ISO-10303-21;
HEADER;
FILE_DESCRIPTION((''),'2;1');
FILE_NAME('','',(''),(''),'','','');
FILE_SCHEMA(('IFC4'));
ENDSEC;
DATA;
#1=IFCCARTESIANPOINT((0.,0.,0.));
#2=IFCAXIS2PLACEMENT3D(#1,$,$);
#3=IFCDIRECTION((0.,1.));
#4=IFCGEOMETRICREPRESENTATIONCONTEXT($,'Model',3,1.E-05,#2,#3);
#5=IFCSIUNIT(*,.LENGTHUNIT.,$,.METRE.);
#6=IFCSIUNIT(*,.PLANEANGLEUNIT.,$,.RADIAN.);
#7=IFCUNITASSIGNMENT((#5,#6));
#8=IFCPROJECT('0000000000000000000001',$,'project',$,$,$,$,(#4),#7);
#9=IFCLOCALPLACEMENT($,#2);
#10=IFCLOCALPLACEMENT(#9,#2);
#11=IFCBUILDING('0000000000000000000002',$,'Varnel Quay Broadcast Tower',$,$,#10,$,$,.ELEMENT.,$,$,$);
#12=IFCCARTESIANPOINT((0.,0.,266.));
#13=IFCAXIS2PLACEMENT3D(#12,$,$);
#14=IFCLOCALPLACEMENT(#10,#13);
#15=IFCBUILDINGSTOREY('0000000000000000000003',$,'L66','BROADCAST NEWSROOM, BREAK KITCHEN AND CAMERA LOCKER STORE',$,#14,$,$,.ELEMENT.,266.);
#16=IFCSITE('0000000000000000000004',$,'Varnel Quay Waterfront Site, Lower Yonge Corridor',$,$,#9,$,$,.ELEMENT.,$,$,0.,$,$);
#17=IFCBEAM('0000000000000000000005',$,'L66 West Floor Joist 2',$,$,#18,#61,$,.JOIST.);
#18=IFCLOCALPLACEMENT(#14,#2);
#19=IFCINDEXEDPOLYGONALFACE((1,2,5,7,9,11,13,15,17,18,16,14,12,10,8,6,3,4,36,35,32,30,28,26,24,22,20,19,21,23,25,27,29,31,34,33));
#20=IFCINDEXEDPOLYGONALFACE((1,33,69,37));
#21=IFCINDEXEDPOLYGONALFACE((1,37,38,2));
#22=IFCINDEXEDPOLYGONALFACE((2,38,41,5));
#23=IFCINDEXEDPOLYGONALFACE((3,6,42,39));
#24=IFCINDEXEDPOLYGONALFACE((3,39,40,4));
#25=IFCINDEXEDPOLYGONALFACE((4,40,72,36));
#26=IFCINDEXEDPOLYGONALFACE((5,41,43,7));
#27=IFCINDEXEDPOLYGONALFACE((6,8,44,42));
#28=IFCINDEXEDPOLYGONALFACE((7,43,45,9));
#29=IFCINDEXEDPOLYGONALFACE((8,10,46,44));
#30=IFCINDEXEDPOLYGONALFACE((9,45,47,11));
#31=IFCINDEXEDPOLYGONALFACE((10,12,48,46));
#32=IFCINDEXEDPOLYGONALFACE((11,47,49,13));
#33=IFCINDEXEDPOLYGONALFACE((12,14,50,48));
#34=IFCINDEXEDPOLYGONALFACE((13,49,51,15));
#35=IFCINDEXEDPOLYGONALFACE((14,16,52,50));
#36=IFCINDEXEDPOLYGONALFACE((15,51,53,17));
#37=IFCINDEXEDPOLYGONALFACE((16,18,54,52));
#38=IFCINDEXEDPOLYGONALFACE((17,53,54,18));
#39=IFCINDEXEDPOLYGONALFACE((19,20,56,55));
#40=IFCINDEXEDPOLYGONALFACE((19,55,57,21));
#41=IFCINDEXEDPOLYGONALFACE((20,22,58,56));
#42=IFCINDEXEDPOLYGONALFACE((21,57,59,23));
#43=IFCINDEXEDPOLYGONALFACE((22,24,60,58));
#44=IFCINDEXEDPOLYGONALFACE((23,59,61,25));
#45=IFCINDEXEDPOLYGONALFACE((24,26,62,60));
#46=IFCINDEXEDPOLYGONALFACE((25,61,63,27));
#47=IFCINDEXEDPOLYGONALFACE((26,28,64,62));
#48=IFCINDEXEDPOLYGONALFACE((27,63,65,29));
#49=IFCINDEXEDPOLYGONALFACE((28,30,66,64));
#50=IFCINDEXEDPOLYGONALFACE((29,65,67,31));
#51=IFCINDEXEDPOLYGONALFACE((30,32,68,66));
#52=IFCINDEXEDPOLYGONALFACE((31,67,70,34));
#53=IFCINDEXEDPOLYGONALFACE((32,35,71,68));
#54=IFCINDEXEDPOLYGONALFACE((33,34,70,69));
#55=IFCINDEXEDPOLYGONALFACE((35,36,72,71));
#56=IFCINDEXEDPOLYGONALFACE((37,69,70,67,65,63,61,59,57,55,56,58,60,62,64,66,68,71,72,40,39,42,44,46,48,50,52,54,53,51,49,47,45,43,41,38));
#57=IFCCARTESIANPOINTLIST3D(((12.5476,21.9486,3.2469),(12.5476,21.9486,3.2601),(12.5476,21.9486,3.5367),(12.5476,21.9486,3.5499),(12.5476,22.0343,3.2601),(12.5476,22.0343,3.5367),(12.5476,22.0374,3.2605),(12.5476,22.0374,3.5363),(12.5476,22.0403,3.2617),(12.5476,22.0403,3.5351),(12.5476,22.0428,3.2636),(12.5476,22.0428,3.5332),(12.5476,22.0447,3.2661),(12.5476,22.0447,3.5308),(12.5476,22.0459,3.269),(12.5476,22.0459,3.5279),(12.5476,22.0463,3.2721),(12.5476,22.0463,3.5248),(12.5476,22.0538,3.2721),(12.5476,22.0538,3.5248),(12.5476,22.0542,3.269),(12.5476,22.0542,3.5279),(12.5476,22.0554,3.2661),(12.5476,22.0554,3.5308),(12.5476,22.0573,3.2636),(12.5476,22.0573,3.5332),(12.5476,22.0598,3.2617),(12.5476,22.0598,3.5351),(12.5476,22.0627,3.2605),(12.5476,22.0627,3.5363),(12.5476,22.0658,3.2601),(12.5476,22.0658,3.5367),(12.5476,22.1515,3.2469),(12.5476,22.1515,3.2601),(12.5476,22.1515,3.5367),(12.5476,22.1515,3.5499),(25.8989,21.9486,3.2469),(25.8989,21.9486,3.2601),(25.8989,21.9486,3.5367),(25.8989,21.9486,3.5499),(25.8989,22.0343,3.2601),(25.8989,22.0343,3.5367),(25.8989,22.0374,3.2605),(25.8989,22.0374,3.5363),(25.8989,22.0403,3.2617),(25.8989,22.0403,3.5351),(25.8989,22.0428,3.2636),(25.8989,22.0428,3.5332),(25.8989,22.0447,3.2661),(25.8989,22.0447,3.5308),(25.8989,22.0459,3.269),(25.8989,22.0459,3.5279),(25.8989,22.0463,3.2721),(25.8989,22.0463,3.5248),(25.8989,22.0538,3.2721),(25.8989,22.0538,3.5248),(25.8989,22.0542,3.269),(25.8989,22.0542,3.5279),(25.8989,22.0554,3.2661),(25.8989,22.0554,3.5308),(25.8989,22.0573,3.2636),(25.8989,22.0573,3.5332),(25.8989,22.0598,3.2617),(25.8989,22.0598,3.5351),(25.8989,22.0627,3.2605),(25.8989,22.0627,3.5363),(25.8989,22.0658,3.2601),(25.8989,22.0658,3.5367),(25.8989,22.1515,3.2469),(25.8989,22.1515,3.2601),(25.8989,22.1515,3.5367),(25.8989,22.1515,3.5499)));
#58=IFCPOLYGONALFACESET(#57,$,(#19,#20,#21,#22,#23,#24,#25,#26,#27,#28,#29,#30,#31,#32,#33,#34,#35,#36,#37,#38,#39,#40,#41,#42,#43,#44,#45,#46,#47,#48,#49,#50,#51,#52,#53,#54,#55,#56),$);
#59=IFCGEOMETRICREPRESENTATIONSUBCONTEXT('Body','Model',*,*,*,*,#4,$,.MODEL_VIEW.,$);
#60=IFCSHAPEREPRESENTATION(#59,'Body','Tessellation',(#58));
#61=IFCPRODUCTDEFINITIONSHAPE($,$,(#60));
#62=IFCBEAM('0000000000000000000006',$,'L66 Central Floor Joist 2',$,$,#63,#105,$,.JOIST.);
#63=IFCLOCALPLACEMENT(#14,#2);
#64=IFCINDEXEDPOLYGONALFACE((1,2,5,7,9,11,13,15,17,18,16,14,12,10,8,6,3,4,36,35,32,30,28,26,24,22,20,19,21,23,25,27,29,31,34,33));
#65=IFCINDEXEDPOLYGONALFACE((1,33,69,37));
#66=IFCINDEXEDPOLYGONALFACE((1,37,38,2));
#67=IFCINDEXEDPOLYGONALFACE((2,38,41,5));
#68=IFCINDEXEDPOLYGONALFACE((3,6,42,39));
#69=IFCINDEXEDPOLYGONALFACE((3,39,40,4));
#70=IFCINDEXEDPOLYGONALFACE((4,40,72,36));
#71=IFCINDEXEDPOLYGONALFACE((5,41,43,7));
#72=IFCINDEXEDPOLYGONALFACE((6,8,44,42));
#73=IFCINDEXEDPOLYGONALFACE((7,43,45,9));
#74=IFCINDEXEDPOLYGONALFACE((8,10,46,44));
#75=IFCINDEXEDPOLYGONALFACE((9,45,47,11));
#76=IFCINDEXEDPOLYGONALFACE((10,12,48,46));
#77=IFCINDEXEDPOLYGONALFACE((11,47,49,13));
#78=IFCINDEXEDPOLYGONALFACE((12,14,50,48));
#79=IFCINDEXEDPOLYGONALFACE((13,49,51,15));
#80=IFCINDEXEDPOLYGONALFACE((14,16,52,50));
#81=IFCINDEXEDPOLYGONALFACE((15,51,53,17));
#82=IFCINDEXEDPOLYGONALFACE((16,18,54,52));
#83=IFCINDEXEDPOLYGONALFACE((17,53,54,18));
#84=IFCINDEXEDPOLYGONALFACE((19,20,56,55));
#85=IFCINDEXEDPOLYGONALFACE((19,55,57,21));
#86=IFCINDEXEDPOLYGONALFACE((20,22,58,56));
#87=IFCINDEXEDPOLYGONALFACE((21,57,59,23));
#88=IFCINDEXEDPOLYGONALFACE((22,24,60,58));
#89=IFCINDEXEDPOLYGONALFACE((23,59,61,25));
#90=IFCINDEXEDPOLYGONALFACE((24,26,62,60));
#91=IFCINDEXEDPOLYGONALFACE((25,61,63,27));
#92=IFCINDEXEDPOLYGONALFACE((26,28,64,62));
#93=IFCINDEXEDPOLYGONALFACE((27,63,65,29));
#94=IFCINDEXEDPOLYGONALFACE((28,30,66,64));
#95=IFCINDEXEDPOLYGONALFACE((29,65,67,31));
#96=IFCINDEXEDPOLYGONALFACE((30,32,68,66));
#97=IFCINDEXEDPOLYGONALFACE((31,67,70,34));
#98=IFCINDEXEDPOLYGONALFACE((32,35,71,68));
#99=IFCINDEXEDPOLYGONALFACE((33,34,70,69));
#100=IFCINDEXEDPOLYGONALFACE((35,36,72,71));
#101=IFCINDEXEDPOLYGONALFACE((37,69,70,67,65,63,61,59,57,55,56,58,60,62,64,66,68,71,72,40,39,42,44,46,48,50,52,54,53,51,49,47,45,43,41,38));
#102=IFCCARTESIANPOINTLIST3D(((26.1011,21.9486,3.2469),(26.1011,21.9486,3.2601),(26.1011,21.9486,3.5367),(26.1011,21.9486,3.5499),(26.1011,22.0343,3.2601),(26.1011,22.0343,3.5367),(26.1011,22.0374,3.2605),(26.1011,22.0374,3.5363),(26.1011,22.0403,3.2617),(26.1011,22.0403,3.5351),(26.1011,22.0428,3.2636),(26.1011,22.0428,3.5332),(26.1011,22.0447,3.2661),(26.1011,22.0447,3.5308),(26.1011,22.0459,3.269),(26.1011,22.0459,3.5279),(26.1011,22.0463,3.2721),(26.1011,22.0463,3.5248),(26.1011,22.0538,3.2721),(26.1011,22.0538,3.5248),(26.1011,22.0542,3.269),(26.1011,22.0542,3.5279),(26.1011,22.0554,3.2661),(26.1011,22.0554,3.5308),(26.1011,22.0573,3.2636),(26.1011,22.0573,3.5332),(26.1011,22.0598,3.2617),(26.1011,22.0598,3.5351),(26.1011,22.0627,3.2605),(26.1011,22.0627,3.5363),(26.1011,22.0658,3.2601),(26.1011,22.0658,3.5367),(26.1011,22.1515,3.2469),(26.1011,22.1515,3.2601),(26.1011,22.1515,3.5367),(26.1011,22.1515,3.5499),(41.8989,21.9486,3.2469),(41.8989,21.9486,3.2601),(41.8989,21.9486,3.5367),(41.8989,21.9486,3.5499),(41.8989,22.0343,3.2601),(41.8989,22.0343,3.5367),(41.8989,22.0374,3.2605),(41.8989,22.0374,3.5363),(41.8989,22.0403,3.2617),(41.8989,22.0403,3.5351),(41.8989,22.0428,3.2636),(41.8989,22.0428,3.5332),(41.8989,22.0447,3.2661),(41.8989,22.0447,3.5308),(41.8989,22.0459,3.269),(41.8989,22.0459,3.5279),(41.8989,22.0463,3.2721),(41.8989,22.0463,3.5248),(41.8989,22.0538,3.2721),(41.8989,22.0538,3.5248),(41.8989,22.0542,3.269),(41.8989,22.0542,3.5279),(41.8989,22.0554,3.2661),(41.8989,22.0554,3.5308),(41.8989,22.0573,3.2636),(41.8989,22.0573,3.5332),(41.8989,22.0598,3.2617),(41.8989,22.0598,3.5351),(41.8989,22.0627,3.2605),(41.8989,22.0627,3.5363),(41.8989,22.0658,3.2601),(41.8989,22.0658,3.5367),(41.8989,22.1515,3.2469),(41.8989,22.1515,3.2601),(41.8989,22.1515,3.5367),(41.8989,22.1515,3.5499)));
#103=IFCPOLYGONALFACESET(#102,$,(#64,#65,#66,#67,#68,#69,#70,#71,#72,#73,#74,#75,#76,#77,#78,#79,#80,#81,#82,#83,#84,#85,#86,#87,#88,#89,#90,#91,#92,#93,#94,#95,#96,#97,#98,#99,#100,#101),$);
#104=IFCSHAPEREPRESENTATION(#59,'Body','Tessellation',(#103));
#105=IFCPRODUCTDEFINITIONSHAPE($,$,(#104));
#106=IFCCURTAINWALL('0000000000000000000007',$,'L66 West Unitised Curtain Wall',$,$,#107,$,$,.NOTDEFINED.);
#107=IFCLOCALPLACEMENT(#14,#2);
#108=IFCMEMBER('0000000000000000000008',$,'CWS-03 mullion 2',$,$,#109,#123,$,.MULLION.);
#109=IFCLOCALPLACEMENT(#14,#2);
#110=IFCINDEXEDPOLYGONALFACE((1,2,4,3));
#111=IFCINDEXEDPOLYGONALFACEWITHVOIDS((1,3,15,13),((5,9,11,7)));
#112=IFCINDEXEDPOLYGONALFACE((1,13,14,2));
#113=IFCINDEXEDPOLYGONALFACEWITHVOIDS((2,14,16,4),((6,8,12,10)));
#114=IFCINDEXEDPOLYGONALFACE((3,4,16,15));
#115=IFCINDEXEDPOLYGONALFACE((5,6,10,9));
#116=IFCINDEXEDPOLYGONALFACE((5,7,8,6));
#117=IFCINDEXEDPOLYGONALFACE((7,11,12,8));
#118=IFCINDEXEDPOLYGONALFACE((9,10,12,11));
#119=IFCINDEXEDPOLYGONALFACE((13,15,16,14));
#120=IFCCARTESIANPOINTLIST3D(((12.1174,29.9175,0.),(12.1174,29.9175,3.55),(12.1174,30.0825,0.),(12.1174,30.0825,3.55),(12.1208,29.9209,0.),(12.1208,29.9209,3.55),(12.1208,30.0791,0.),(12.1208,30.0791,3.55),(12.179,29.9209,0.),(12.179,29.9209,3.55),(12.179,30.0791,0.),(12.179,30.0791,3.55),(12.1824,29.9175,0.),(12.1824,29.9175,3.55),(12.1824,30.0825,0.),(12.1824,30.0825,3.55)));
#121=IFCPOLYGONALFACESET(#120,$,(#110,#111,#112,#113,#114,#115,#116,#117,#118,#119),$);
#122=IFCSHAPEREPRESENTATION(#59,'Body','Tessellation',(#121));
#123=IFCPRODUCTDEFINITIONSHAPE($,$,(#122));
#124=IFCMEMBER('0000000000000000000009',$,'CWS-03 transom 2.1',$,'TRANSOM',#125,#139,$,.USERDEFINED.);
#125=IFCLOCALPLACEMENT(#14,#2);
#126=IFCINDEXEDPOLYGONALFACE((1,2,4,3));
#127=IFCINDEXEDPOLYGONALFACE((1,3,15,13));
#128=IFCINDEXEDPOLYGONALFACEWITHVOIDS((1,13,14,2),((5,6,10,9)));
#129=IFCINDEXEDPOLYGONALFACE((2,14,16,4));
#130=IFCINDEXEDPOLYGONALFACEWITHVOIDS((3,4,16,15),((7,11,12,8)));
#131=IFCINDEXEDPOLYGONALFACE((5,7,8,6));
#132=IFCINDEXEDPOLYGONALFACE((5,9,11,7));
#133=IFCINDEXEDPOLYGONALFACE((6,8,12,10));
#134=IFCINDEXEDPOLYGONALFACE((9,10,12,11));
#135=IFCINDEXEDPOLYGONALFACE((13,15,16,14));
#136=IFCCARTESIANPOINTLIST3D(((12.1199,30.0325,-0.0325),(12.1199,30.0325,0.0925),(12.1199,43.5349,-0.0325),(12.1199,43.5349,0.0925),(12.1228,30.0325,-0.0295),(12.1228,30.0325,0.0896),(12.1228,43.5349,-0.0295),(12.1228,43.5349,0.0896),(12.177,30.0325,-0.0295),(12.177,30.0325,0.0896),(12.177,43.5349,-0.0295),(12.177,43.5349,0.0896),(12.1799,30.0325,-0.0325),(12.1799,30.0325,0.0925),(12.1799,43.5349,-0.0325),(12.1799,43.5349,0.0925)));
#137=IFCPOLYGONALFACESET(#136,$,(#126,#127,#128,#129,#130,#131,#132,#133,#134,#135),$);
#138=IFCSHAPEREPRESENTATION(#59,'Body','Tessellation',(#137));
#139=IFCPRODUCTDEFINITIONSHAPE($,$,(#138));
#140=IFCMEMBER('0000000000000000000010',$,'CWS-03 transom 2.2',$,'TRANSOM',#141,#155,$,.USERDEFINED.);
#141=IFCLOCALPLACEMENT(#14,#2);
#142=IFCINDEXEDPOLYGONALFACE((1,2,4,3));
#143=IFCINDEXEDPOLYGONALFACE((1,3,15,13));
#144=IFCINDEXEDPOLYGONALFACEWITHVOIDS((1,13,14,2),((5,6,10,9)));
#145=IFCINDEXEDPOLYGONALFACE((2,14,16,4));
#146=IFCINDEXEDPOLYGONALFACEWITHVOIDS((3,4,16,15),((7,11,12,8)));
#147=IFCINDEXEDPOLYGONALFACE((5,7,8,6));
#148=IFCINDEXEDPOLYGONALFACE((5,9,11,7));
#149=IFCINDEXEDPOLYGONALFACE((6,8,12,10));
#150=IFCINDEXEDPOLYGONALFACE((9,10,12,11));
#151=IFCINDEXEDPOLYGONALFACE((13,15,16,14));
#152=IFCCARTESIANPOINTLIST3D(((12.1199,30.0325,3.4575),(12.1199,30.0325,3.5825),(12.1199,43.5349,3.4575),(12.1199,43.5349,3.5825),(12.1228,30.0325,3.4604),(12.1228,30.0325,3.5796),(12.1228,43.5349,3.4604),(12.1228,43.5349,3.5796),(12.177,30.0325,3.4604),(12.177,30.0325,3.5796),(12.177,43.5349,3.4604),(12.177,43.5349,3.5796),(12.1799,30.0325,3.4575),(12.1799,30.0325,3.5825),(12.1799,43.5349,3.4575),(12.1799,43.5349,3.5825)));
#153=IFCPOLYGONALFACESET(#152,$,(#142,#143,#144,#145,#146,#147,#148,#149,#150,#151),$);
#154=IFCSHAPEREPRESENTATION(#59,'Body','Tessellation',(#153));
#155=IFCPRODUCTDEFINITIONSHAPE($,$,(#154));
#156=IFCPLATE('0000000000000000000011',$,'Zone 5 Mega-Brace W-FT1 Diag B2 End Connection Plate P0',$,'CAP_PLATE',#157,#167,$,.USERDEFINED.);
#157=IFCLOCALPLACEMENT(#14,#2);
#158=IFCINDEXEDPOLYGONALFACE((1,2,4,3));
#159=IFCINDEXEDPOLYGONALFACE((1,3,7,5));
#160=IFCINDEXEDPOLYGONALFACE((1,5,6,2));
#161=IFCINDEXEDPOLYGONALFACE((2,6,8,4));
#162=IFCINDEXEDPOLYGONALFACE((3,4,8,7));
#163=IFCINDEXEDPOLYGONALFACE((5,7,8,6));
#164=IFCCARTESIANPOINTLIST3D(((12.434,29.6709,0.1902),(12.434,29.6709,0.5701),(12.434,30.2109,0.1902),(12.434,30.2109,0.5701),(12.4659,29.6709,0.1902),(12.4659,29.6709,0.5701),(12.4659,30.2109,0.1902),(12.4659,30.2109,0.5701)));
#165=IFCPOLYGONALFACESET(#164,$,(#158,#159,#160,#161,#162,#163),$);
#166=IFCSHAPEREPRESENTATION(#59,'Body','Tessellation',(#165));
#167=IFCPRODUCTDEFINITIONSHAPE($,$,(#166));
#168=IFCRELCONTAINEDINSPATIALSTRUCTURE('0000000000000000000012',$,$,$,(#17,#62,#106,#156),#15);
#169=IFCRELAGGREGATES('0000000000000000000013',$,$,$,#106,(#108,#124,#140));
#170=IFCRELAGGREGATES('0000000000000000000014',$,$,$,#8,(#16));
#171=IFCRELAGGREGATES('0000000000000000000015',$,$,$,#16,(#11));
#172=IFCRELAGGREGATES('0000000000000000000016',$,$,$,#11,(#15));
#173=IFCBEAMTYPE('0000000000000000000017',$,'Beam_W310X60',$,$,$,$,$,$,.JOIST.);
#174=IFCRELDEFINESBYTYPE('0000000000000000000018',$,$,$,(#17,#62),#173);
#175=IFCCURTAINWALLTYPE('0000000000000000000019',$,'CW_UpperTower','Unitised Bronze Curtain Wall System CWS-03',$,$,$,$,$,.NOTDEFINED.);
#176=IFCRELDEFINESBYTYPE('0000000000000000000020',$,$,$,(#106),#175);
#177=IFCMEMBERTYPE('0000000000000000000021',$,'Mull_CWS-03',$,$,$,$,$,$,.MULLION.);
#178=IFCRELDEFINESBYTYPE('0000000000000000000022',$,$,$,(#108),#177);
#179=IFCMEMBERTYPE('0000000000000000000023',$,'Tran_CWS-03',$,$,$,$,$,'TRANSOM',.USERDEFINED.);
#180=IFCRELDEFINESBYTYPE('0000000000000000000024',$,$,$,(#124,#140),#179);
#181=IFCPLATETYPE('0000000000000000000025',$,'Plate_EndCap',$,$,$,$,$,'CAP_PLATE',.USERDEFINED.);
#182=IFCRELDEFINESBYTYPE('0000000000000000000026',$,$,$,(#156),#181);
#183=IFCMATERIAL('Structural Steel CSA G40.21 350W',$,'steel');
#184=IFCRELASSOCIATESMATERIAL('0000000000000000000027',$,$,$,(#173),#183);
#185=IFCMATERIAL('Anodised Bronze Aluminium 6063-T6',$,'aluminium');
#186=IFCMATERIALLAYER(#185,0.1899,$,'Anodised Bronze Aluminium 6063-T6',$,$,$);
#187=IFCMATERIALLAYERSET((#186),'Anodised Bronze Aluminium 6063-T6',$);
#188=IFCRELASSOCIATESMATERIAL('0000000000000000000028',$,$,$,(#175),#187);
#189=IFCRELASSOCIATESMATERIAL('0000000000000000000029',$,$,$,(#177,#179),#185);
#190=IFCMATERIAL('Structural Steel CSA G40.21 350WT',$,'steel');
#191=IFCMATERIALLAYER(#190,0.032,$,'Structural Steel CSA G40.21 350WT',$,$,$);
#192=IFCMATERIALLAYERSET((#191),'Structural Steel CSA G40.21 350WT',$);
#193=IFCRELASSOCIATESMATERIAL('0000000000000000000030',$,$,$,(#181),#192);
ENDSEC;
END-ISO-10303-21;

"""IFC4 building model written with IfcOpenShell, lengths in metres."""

from ifc_helpers import new_model, si_unit, direction, frame, origin, origin_2d, place, context, subcontext, project, spatial, rectangle, hollow_rectangle, i_section, extrude, source, transform, mapped, material, layer, layer_set, material_profile, profile_set, type_object, type_shapes, element, aggregate, save


model = new_model("IFC4")

# Units and contexts
model_context = context("Model", 3, precision=1e-05, world=origin(), true_north=direction((0.0, 1.0)))
body_context = subcontext(model_context, "Body", "Model", "MODEL_VIEW")
ifc_project = project(units=[si_unit("LENGTHUNIT", "METRE"), si_unit("PLANEANGLEUNIT", "RADIAN")], contexts=[model_context])

# Site, building, storey
site_placement = place(None, origin())
site = spatial("IfcSite", under=ifc_project, at=site_placement, Name="Varnel Quay Waterfront Site, Lower Yonge Corridor", CompositionType="ELEMENT", RefElevation=0.0)
building_placement = place(site_placement, origin())
building = spatial("IfcBuilding", under=site, at=building_placement, Name="Varnel Quay Broadcast Tower", CompositionType="ELEMENT")
storey_placement = place(building_placement, frame((0.0, 0.0, 266.0)))
storey = spatial("IfcBuildingStorey", under=building, at=storey_placement, Name="L66", Description="BROADCAST NEWSROOM, BREAK KITCHEN AND CAMERA LOCKER STORE", CompositionType="ELEMENT", Elevation=266.0)

# Shared definitions
ifc_material_1 = material(Name="Structural Steel CSA G40.21 350WT", Category="steel")
ifc_material_2 = material(Name="Structural Steel CSA G40.21 350W", Category="steel")

# Beams
ifc_material_profile_1 = material_profile(ifc_material_2, i_section(OverallWidth=0.2029, OverallDepth=0.303, WebThickness=0.0076, FlangeThickness=0.0132, FilletRadius=0.012, at=origin_2d()), Name="W310X60")
ifc_profile_set_1 = profile_set([ifc_material_profile_1], Name="Structural Steel CSA G40.21 350W")
beam_type_1 = type_object("IfcBeamType", Name="Beam_W310X60", PredefinedType="JOIST", material=ifc_profile_set_1)
shared_shape_1 = source(origin(), body_context, "Body", "SweptSolid", [
    extrude(i_section(OverallWidth=0.2029, OverallDepth=0.303, WebThickness=0.0076, FlangeThickness=0.0132, FilletRadius=0.012, at=origin_2d()), origin(), (0.0, 0.0, 1.0), 13.3513),
])
beam_1_placement = place(storey_placement, frame((12.5476, 22.05, 3.3984), z_axis=(1.0, 0.0, 0.0), x_axis=(0.0, 1.0, 0.0)))
element("IfcBeam", 1, at=beam_1_placement, inside=storey, type_object=beam_type_1, Name="L66 West Floor Joist 2", PredefinedType="JOIST", context=body_context, shape_type="MappedRepresentation", body=[
    mapped(shared_shape_1, transform((0.0, 0.0, 0.0), x_axis=(1.0, 0.0, 0.0), y_axis=(0.0, 1.0, 0.0), z_axis=(0.0, 0.0, 1.0), scale=1.0)),
])
shared_shape_2 = source(origin(), body_context, "Body", "SweptSolid", [
    extrude(i_section(OverallWidth=0.2029, OverallDepth=0.303, WebThickness=0.0076, FlangeThickness=0.0132, FilletRadius=0.012, at=origin_2d()), origin(), (0.0, 0.0, 1.0), 15.7979),
])
type_shapes(beam_type_1, [shared_shape_1, shared_shape_2])
beam_2_placement = place(storey_placement, frame((26.1011, 22.05, 3.3984), z_axis=(1.0, 0.0, 0.0), x_axis=(0.0, 1.0, 0.0)))
element("IfcBeam", 2, at=beam_2_placement, inside=storey, type_object=beam_type_1, Name="L66 Central Floor Joist 2", PredefinedType="JOIST", context=body_context, shape_type="MappedRepresentation", body=[
    mapped(shared_shape_2, transform((0.0, 0.0, 0.0), x_axis=(1.0, 0.0, 0.0), y_axis=(0.0, 1.0, 0.0), z_axis=(0.0, 0.0, 1.0), scale=1.0)),
])

# Curtain wall, members
ifc_material_3 = material(Name="Anodised Bronze Aluminium 6063-T6", Category="aluminium")
ifc_layer_1 = layer(ifc_material_3, 0.1899, Name="Anodised Bronze Aluminium 6063-T6")
ifc_layer_set_1 = layer_set([ifc_layer_1], Name="Anodised Bronze Aluminium 6063-T6")
curtain_wall_type = type_object("IfcCurtainWallType", Name="CW_UpperTower", Description="Unitised Bronze Curtain Wall System CWS-03", PredefinedType="NOTDEFINED", material=ifc_layer_set_1)
curtain_wall_placement = place(storey_placement, origin())
curtain_wall = element("IfcCurtainWall", 3, at=curtain_wall_placement, inside=storey, type_object=curtain_wall_type, Name="L66 West Unitised Curtain Wall", PredefinedType="NOTDEFINED")
ifc_material_profile_2 = material_profile(ifc_material_3, hollow_rectangle(XDim=0.0649, YDim=0.165, WallThickness=0.0034, at=origin_2d()), Name="ALU65X165X3.5")
ifc_profile_set_2 = profile_set([ifc_material_profile_2], Name="Anodised Bronze Aluminium 6063-T6")
member_type_1 = type_object("IfcMemberType", Name="Mull_CWS-03", PredefinedType="MULLION", material=ifc_profile_set_2)
shared_shape_3 = source(origin(), body_context, "Body", "SweptSolid", [
    extrude(hollow_rectangle(XDim=0.0649, YDim=0.165, WallThickness=0.0034, at=origin_2d()), origin(), (0.0, 0.0, 1.0), 3.55),
])
type_shapes(member_type_1, [shared_shape_3])
member_1_placement = place(storey_placement, frame((12.1499, 30.0, 0.0), z_axis=(0.0, 0.0, 1.0), x_axis=(-1.0, 0.0, 0.0)))
member_1 = element("IfcMember", 4, at=member_1_placement, type_object=member_type_1, Name="CWS-03 mullion 2", PredefinedType="MULLION", context=body_context, shape_type="MappedRepresentation", body=[
    mapped(shared_shape_3, transform((0.0, 0.0, 0.0), x_axis=(1.0, 0.0, 0.0), y_axis=(0.0, 1.0, 0.0), z_axis=(0.0, 0.0, 1.0), scale=1.0)),
])
ifc_material_profile_3 = material_profile(ifc_material_3, hollow_rectangle(XDim=0.0601, YDim=0.125, WallThickness=0.0029, at=origin_2d()), Name="ALU60X125X3")
ifc_profile_set_3 = profile_set([ifc_material_profile_3], Name="Anodised Bronze Aluminium 6063-T6")
member_type_2 = type_object("IfcMemberType", Name="Tran_CWS-03", ElementType="TRANSOM", PredefinedType="USERDEFINED", material=ifc_profile_set_3)
shared_shape_4 = source(origin(), body_context, "Body", "SweptSolid", [
    extrude(hollow_rectangle(XDim=0.0601, YDim=0.125, WallThickness=0.0029, at=origin_2d()), origin(), (0.0, 0.0, 1.0), 13.5024),
])
type_shapes(member_type_2, [shared_shape_4])
member_2_placement = place(storey_placement, frame((12.1499, 30.0325, 0.03), z_axis=(0.0, 1.0, 0.0), x_axis=(-1.0, 0.0, 0.0)))
member_2 = element("IfcMember", 5, at=member_2_placement, type_object=member_type_2, Name="CWS-03 transom 2.1", ObjectType="TRANSOM", PredefinedType="USERDEFINED", context=body_context, shape_type="MappedRepresentation", body=[
    mapped(shared_shape_4, transform((0.0, 0.0, 0.0), x_axis=(1.0, 0.0, 0.0), y_axis=(0.0, 1.0, 0.0), z_axis=(0.0, 0.0, 1.0), scale=1.0)),
])
member_3_placement = place(storey_placement, frame((12.1499, 30.0325, 3.52), z_axis=(0.0, 1.0, 0.0), x_axis=(-1.0, 0.0, 0.0)))
member_3 = element("IfcMember", 6, at=member_3_placement, type_object=member_type_2, Name="CWS-03 transom 2.2", ObjectType="TRANSOM", PredefinedType="USERDEFINED", context=body_context, shape_type="MappedRepresentation", body=[
    mapped(shared_shape_4, transform((0.0, 0.0, 0.0), x_axis=(1.0, 0.0, 0.0), y_axis=(0.0, 1.0, 0.0), z_axis=(0.0, 0.0, 1.0), scale=1.0)),
])

# Plate
ifc_layer_2 = layer(ifc_material_1, 0.032, Name="Structural Steel CSA G40.21 350WT")
ifc_layer_set_2 = layer_set([ifc_layer_2], Name="Structural Steel CSA G40.21 350WT")
plate_type_1 = type_object("IfcPlateType", Name="Plate_EndCap", ElementType="CAP_PLATE", PredefinedType="USERDEFINED", material=ifc_layer_set_2)
shared_shape_5 = source(origin(), body_context, "Body", "SweptSolid", [
    extrude(rectangle(XDim=0.54, YDim=0.032, at=origin_2d()), origin(), (0.0, 0.0, 1.0), 0.3799),
])
type_shapes(plate_type_1, [shared_shape_5])
plate_1_placement = place(storey_placement, frame((12.45, 29.9409, 0.1902), z_axis=(0.0, 0.0, 1.0), x_axis=(0.0, 1.0, 0.0)))
element("IfcPlate", 7, at=plate_1_placement, inside=storey, type_object=plate_type_1, Name="Zone 5 Mega-Brace W-FT1 Diag B2 End Connection Plate P0", ObjectType="CAP_PLATE", PredefinedType="USERDEFINED", context=body_context, shape_type="MappedRepresentation", body=[
    mapped(shared_shape_5, transform((0.0, 0.0, 0.0), x_axis=(1.0, 0.0, 0.0), y_axis=(0.0, 1.0, 0.0), z_axis=(0.0, 0.0, 1.0), scale=1.0)),
])
aggregate(curtain_wall, [member_1, member_2, member_3])

save(model, "model.ifc")
